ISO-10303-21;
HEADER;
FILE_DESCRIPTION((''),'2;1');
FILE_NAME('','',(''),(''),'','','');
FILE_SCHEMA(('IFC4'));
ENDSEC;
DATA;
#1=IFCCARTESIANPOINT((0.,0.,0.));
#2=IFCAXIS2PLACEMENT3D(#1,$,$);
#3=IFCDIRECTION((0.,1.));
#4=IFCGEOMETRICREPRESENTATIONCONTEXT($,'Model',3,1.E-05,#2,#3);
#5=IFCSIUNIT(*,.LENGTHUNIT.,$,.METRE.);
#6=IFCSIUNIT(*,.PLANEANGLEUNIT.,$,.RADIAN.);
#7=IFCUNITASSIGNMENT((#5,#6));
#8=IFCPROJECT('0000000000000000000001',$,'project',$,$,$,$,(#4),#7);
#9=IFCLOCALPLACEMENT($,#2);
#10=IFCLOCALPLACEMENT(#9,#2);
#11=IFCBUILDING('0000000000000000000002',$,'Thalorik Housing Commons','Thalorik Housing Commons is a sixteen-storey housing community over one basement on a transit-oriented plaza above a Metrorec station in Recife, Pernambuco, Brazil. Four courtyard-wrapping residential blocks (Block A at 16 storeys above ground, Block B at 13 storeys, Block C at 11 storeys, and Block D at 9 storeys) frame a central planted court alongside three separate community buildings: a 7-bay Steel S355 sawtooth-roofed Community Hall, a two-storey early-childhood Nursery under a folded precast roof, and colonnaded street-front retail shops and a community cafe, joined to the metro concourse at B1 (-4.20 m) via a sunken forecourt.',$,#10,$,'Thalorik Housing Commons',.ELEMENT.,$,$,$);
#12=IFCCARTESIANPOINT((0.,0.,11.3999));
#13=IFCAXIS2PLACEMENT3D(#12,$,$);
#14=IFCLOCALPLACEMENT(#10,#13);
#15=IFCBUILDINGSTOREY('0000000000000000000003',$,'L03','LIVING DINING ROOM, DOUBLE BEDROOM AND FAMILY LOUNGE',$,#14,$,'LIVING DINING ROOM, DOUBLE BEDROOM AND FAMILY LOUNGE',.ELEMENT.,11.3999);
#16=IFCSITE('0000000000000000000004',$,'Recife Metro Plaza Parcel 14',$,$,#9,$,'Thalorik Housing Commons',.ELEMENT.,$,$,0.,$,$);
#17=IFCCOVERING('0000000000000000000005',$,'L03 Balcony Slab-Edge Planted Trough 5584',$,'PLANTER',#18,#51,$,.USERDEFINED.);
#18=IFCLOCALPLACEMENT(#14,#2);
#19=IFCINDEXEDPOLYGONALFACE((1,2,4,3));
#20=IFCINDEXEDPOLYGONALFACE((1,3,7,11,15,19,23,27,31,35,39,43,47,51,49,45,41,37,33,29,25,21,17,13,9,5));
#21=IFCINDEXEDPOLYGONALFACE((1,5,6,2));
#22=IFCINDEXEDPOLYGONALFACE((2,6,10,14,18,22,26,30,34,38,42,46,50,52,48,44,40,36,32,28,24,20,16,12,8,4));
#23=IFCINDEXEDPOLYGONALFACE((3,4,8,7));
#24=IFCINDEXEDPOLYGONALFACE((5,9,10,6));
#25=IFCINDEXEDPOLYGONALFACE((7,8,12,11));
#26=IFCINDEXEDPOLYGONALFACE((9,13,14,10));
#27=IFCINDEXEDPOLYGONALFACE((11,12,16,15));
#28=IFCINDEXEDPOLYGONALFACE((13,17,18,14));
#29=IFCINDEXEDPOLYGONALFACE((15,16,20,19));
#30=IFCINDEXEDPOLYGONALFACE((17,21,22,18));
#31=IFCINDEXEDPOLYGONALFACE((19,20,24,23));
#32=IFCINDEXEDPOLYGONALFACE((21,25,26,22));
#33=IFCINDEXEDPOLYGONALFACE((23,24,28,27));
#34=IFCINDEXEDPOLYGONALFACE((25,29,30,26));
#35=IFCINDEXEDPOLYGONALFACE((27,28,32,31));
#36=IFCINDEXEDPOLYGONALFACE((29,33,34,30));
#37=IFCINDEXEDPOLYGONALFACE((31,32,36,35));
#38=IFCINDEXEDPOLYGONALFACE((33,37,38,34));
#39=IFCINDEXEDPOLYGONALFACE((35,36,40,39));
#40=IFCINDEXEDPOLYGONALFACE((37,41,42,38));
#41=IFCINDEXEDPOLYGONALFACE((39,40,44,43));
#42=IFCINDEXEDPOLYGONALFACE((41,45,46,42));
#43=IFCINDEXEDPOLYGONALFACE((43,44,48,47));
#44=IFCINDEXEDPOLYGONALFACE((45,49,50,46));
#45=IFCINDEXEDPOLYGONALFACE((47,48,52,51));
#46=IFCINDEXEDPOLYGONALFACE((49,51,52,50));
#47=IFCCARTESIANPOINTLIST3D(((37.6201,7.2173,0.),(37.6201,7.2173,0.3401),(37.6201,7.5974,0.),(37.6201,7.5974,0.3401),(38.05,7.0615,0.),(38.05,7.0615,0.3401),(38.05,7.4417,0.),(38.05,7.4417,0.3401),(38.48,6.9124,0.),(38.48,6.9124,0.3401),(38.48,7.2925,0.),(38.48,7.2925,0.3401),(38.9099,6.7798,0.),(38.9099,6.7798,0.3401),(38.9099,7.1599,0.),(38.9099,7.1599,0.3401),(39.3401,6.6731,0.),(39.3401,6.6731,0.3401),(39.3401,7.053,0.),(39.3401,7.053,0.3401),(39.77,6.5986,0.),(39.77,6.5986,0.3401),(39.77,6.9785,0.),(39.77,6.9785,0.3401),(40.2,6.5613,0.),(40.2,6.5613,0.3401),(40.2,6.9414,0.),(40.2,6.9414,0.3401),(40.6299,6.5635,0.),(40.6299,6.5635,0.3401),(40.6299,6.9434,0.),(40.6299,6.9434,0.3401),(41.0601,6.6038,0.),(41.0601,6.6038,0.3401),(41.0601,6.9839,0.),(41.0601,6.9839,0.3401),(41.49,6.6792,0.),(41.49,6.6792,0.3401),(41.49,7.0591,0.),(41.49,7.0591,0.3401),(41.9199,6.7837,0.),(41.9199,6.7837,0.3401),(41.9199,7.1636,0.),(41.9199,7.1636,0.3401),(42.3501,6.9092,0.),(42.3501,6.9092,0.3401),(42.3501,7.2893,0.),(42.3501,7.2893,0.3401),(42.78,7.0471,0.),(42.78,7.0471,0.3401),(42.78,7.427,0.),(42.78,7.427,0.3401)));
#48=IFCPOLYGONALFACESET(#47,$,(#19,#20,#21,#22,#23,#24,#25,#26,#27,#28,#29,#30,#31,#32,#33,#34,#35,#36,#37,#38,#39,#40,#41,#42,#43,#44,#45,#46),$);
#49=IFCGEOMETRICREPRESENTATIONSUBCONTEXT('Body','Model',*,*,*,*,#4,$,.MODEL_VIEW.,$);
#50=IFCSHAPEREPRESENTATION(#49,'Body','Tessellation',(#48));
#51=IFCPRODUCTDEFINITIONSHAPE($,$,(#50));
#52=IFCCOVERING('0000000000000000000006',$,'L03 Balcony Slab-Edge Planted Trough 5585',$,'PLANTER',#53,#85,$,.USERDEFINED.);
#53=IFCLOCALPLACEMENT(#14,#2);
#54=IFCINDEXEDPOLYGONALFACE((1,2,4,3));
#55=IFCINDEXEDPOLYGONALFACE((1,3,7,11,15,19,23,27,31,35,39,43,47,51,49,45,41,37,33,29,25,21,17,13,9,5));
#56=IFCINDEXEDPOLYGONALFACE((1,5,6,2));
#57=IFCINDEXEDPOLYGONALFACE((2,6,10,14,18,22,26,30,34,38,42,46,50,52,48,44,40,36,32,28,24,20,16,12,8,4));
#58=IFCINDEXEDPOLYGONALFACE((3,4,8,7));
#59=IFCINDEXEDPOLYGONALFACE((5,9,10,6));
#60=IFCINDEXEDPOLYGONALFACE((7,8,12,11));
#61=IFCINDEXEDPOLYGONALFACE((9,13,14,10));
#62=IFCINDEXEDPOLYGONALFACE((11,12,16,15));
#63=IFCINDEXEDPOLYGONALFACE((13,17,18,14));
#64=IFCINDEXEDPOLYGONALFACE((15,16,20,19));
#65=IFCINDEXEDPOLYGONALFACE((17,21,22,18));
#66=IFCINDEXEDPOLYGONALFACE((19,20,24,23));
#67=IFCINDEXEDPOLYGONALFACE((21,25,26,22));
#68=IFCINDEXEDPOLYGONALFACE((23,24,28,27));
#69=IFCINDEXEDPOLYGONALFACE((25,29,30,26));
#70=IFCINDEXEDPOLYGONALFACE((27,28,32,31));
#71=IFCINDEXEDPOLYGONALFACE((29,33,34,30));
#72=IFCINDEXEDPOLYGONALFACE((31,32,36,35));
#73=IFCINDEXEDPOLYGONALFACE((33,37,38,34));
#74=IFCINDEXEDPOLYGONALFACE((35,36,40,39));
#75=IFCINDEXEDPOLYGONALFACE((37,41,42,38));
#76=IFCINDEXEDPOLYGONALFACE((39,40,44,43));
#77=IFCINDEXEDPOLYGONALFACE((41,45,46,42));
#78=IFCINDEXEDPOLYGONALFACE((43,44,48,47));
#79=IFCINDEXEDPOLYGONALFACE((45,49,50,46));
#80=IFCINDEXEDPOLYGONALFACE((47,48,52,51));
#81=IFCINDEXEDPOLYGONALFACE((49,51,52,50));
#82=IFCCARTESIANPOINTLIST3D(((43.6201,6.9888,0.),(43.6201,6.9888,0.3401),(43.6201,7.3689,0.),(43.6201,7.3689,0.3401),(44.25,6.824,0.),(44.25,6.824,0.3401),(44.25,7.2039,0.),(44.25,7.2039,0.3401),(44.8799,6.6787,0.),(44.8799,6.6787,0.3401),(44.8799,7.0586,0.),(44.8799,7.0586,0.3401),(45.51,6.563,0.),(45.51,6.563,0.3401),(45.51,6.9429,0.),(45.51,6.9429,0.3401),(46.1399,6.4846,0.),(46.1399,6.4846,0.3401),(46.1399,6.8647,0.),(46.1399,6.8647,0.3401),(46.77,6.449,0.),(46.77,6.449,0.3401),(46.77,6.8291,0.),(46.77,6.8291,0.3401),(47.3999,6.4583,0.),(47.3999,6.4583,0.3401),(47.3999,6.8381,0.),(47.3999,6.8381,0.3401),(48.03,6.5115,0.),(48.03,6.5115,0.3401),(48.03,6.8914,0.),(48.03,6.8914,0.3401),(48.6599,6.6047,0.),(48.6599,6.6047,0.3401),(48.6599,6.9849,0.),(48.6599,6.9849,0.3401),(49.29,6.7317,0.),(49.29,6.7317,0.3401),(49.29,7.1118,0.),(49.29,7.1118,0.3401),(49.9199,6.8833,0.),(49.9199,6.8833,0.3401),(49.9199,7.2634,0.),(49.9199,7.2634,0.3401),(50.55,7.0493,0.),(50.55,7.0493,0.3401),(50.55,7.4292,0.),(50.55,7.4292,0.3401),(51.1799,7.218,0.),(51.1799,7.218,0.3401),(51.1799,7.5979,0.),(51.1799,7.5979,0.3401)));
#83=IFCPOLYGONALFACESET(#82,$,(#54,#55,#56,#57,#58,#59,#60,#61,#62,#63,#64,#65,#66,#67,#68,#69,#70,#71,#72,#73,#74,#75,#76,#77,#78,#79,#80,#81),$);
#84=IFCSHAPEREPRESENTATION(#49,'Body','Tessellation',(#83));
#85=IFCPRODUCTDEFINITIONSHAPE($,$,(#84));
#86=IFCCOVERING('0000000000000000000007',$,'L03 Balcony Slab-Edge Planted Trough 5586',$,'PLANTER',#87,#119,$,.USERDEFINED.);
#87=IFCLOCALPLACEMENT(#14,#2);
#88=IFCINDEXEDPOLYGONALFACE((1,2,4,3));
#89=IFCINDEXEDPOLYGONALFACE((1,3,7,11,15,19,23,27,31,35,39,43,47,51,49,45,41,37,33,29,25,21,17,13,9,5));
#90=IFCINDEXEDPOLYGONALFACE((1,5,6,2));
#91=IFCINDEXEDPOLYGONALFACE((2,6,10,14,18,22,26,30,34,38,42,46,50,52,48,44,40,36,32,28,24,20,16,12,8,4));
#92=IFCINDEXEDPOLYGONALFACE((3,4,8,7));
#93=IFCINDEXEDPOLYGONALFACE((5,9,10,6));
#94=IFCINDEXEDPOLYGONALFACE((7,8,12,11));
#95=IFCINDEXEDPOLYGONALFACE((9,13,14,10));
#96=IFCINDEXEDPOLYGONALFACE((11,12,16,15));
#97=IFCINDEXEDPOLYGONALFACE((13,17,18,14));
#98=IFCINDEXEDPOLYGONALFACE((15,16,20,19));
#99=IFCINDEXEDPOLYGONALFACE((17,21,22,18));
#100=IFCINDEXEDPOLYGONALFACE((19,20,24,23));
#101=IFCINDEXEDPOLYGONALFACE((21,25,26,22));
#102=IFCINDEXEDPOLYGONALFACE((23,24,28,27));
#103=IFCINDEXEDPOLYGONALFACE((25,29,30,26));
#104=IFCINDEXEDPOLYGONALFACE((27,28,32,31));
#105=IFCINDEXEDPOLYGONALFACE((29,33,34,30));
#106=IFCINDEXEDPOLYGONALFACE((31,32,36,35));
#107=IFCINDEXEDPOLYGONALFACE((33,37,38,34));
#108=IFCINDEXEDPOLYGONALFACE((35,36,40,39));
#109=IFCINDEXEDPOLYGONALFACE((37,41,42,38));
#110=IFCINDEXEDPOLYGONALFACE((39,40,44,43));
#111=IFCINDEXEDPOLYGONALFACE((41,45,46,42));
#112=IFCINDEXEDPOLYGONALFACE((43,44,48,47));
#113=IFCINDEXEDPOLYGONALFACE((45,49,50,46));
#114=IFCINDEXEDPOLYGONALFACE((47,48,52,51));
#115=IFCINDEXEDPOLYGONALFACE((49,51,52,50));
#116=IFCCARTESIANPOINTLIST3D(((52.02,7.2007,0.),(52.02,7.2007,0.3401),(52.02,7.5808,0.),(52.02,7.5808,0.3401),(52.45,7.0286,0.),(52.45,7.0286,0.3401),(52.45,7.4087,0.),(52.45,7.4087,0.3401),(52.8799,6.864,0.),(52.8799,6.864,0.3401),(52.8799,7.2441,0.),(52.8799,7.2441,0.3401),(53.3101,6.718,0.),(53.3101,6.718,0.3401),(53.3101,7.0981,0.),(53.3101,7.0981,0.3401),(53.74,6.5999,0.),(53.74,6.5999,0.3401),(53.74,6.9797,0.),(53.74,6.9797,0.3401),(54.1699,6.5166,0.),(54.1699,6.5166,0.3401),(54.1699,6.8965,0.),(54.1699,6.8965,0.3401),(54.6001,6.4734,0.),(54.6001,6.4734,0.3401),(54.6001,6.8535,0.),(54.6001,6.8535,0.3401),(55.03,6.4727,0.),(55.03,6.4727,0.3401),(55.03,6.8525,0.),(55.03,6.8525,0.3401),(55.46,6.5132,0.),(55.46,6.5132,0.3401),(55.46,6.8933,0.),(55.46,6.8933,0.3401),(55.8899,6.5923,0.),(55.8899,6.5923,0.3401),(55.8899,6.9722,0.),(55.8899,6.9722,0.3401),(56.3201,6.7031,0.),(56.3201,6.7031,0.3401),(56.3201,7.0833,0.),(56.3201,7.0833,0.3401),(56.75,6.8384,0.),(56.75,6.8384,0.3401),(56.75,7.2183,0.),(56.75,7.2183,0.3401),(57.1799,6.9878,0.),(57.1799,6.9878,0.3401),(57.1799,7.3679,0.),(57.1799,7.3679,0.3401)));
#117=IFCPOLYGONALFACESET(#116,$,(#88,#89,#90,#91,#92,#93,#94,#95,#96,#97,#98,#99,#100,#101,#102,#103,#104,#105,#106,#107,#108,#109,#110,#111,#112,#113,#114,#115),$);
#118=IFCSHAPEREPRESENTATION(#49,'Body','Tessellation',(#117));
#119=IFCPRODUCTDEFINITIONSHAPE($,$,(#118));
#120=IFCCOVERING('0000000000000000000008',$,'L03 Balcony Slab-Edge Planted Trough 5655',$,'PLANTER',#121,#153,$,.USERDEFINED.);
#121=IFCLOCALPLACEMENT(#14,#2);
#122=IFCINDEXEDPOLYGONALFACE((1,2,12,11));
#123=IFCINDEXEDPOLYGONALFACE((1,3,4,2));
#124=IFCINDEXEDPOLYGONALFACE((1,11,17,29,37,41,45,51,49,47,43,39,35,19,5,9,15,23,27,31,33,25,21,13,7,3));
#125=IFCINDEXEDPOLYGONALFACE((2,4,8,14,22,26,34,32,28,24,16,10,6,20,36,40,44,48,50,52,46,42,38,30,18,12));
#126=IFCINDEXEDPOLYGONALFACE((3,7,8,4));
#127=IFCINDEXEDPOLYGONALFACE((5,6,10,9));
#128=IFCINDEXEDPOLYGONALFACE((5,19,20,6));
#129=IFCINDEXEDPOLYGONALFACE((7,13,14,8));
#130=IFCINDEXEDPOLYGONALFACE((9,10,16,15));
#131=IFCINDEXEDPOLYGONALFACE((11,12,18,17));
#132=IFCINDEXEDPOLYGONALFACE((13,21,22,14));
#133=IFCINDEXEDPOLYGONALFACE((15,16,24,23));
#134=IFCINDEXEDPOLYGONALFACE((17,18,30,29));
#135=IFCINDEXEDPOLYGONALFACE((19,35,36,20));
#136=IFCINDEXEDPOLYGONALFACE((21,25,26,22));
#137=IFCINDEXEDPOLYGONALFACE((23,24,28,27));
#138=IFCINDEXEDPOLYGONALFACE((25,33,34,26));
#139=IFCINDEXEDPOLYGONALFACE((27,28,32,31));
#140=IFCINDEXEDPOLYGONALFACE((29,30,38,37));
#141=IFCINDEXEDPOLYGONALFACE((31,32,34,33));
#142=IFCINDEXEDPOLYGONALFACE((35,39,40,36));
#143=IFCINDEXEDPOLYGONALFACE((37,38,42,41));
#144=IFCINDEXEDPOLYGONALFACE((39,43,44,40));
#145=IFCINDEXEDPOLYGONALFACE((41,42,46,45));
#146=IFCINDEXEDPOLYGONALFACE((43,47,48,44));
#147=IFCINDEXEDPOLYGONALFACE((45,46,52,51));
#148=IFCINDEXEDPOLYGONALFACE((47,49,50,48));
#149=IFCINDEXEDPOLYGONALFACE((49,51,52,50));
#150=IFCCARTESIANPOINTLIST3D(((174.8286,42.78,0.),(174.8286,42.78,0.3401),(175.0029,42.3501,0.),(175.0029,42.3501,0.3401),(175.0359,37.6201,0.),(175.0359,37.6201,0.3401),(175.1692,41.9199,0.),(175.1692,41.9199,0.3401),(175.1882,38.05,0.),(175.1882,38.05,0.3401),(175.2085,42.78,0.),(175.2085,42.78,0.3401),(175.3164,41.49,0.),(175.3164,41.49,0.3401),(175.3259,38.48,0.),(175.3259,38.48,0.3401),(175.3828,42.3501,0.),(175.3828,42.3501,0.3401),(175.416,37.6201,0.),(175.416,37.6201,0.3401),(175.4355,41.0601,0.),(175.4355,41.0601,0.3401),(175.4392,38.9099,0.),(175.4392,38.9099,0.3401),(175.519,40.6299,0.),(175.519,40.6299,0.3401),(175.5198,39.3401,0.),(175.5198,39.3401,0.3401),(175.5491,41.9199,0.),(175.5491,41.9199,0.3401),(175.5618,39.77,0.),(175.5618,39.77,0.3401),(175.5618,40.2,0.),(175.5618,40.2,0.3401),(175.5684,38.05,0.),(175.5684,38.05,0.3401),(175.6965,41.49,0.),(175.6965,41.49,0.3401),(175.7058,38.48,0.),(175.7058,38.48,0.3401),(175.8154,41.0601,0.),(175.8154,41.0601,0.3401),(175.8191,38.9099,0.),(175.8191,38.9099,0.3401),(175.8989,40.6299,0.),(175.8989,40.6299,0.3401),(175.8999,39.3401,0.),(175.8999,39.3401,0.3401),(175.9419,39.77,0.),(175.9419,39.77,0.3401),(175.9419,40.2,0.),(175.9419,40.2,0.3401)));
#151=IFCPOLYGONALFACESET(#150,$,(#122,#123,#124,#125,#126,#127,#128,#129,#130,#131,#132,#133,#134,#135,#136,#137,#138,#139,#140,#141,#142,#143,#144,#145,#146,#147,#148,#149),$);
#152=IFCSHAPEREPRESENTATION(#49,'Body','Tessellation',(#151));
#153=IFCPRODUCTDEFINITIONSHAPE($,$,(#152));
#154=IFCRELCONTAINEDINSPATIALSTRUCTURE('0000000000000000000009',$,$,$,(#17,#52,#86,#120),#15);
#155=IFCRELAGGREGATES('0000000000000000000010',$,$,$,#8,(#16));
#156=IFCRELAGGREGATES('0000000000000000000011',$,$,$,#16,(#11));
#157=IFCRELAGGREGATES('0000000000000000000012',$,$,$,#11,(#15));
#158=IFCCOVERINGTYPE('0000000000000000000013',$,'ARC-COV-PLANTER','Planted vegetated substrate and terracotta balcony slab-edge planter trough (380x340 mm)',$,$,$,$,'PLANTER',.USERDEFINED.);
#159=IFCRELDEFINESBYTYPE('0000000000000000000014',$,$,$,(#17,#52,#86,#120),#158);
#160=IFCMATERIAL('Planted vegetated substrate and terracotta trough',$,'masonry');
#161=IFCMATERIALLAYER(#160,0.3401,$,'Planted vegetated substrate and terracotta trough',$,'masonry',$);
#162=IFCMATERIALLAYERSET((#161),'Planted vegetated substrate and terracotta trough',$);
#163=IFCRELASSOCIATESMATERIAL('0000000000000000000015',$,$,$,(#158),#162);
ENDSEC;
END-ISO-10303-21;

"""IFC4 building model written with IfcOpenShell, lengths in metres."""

from ifc_helpers import new_model, si_unit, direction, frame, origin, place, context, subcontext, project, spatial, polyline, outline, extrude, material, layer, layer_set, type_object, element, save


model = new_model("IFC4")

# Units and contexts
model_context = context("Model", 3, precision=1e-05, world=origin(), true_north=direction((0.0, 1.0)))
body_context = subcontext(model_context, "Body", "Model", "MODEL_VIEW")
ifc_project = project(units=[si_unit("LENGTHUNIT", "METRE"), si_unit("PLANEANGLEUNIT", "RADIAN")], contexts=[model_context])

# Site, building, storey
site_placement = place(None, origin())
site = spatial("IfcSite", under=ifc_project, at=site_placement, Name="Recife Metro Plaza Parcel 14", LongName="Thalorik Housing Commons", CompositionType="ELEMENT", RefElevation=0.0)
building_placement = place(site_placement, origin())
building = spatial("IfcBuilding", under=site, at=building_placement, Name="Thalorik Housing Commons", Description="Thalorik Housing Commons is a sixteen-storey housing community over one basement on a transit-oriented plaza above a Metrorec station in Recife, Pernambuco, Brazil. Four courtyard-wrapping residential blocks (Block A at 16 storeys above ground, Block B at 13 storeys, Block C at 11 storeys, and Block D at 9 storeys) frame a central planted court alongside three separate community buildings: a 7-bay Steel S355 sawtooth-roofed Community Hall, a two-storey early-childhood Nursery under a folded precast roof, and colonnaded street-front retail shops and a community cafe, joined to the metro concourse at B1 (-4.20 m) via a sunken forecourt.", LongName="Thalorik Housing Commons", CompositionType="ELEMENT")
storey_placement = place(building_placement, frame((0.0, 0.0, 11.3999)))
storey = spatial("IfcBuildingStorey", under=building, at=storey_placement, Name="L03", Description="LIVING DINING ROOM, DOUBLE BEDROOM AND FAMILY LOUNGE", LongName="LIVING DINING ROOM, DOUBLE BEDROOM AND FAMILY LOUNGE", CompositionType="ELEMENT", Elevation=11.3999)

# Coverings
ifc_material_1 = material(Name="Planted vegetated substrate and terracotta trough", Category="masonry")
ifc_layer_1 = layer(ifc_material_1, 0.3401, Name="Planted vegetated substrate and terracotta trough", Category="masonry")
ifc_layer_set_1 = layer_set([ifc_layer_1], Name="Planted vegetated substrate and terracotta trough")
covering_type = type_object("IfcCoveringType", Name="ARC-COV-PLANTER", Description="Planted vegetated substrate and terracotta balcony slab-edge planter trough (380x340 mm)", ElementType="PLANTER", PredefinedType="USERDEFINED", material=ifc_layer_set_1)
covering_1_placement = place(storey_placement, origin())
element("IfcCovering", 1, at=covering_1_placement, inside=storey, type_object=covering_type, Name="L03 Balcony Slab-Edge Planted Trough 5584", ObjectType="PLANTER", PredefinedType="USERDEFINED", context=body_context, shape_type="SweptSolid", body=[
    extrude(outline(polyline([(37.6201, 7.2173), (38.05, 7.0615), (38.48, 6.9124), (38.9099, 6.7798), (39.3401, 6.6731), (39.77, 6.5986), (40.2, 6.5613), (40.6299, 6.5635), (41.0601, 6.6038), (41.49, 6.6792), (41.9199, 6.7837), (42.3501, 6.9092), (42.78, 7.0471), (42.78, 7.427), (42.3501, 7.2893), (41.9199, 7.1636), (41.49, 7.0591), (41.0601, 6.9839), (40.6299, 6.9434), (40.2, 6.9414), (39.77, 6.9785), (39.3401, 7.053), (38.9099, 7.1599), (38.48, 7.2925), (38.05, 7.4417), (37.6201, 7.5974), (37.6201, 7.2173)])), origin(), (0.0, 0.0, 1.0), 0.3401),
])
covering_2_placement = place(storey_placement, origin())
element("IfcCovering", 2, at=covering_2_placement, inside=storey, type_object=covering_type, Name="L03 Balcony Slab-Edge Planted Trough 5585", ObjectType="PLANTER", PredefinedType="USERDEFINED", context=body_context, shape_type="SweptSolid", body=[
    extrude(outline(polyline([(43.6201, 6.9888), (44.25, 6.824), (44.8799, 6.6787), (45.51, 6.563), (46.1399, 6.4846), (46.77, 6.449), (47.3999, 6.4583), (48.03, 6.5115), (48.6599, 6.6047), (49.29, 6.7317), (49.9199, 6.8833), (50.55, 7.0493), (51.1799, 7.218), (51.1799, 7.5979), (50.55, 7.4292), (49.9199, 7.2634), (49.29, 7.1118), (48.6599, 6.9849), (48.03, 6.8914), (47.3999, 6.8381), (46.77, 6.8291), (46.1399, 6.8647), (45.51, 6.9429), (44.8799, 7.0586), (44.25, 7.2039), (43.6201, 7.3689), (43.6201, 6.9888)])), origin(), (0.0, 0.0, 1.0), 0.3401),
])
covering_3_placement = place(storey_placement, origin())
element("IfcCovering", 3, at=covering_3_placement, inside=storey, type_object=covering_type, Name="L03 Balcony Slab-Edge Planted Trough 5586", ObjectType="PLANTER", PredefinedType="USERDEFINED", context=body_context, shape_type="SweptSolid", body=[
    extrude(outline(polyline([(52.02, 7.2007), (52.45, 7.0286), (52.8799, 6.864), (53.3101, 6.718), (53.74, 6.5999), (54.1699, 6.5166), (54.6001, 6.4734), (55.03, 6.4727), (55.46, 6.5132), (55.8899, 6.5923), (56.3201, 6.7031), (56.75, 6.8384), (57.1799, 6.9878), (57.1799, 7.3679), (56.75, 7.2183), (56.3201, 7.0833), (55.8899, 6.9722), (55.46, 6.8933), (55.03, 6.8525), (54.6001, 6.8535), (54.1699, 6.8965), (53.74, 6.9797), (53.3101, 7.0981), (52.8799, 7.2441), (52.45, 7.4087), (52.02, 7.5808), (52.02, 7.2007)])), origin(), (0.0, 0.0, 1.0), 0.3401),
])
covering_4_placement = place(storey_placement, origin())
element("IfcCovering", 4, at=covering_4_placement, inside=storey, type_object=covering_type, Name="L03 Balcony Slab-Edge Planted Trough 5655", ObjectType="PLANTER", PredefinedType="USERDEFINED", context=body_context, shape_type="SweptSolid", body=[
    extrude(outline(polyline([(175.416, 37.6201), (175.5684, 38.05), (175.7058, 38.48), (175.8191, 38.9099), (175.8999, 39.3401), (175.9419, 39.77), (175.9419, 40.2), (175.8989, 40.6299), (175.8154, 41.0601), (175.6965, 41.49), (175.5491, 41.9199), (175.3828, 42.3501), (175.2085, 42.78), (174.8286, 42.78), (175.0029, 42.3501), (175.1692, 41.9199), (175.3164, 41.49), (175.4355, 41.0601), (175.519, 40.6299), (175.5618, 40.2), (175.5618, 39.77), (175.5198, 39.3401), (175.4392, 38.9099), (175.3259, 38.48), (175.1882, 38.05), (175.0359, 37.6201), (175.416, 37.6201)])), origin(), (0.0, 0.0, 1.0), 0.3401),
])

save(model, "model.ifc")
